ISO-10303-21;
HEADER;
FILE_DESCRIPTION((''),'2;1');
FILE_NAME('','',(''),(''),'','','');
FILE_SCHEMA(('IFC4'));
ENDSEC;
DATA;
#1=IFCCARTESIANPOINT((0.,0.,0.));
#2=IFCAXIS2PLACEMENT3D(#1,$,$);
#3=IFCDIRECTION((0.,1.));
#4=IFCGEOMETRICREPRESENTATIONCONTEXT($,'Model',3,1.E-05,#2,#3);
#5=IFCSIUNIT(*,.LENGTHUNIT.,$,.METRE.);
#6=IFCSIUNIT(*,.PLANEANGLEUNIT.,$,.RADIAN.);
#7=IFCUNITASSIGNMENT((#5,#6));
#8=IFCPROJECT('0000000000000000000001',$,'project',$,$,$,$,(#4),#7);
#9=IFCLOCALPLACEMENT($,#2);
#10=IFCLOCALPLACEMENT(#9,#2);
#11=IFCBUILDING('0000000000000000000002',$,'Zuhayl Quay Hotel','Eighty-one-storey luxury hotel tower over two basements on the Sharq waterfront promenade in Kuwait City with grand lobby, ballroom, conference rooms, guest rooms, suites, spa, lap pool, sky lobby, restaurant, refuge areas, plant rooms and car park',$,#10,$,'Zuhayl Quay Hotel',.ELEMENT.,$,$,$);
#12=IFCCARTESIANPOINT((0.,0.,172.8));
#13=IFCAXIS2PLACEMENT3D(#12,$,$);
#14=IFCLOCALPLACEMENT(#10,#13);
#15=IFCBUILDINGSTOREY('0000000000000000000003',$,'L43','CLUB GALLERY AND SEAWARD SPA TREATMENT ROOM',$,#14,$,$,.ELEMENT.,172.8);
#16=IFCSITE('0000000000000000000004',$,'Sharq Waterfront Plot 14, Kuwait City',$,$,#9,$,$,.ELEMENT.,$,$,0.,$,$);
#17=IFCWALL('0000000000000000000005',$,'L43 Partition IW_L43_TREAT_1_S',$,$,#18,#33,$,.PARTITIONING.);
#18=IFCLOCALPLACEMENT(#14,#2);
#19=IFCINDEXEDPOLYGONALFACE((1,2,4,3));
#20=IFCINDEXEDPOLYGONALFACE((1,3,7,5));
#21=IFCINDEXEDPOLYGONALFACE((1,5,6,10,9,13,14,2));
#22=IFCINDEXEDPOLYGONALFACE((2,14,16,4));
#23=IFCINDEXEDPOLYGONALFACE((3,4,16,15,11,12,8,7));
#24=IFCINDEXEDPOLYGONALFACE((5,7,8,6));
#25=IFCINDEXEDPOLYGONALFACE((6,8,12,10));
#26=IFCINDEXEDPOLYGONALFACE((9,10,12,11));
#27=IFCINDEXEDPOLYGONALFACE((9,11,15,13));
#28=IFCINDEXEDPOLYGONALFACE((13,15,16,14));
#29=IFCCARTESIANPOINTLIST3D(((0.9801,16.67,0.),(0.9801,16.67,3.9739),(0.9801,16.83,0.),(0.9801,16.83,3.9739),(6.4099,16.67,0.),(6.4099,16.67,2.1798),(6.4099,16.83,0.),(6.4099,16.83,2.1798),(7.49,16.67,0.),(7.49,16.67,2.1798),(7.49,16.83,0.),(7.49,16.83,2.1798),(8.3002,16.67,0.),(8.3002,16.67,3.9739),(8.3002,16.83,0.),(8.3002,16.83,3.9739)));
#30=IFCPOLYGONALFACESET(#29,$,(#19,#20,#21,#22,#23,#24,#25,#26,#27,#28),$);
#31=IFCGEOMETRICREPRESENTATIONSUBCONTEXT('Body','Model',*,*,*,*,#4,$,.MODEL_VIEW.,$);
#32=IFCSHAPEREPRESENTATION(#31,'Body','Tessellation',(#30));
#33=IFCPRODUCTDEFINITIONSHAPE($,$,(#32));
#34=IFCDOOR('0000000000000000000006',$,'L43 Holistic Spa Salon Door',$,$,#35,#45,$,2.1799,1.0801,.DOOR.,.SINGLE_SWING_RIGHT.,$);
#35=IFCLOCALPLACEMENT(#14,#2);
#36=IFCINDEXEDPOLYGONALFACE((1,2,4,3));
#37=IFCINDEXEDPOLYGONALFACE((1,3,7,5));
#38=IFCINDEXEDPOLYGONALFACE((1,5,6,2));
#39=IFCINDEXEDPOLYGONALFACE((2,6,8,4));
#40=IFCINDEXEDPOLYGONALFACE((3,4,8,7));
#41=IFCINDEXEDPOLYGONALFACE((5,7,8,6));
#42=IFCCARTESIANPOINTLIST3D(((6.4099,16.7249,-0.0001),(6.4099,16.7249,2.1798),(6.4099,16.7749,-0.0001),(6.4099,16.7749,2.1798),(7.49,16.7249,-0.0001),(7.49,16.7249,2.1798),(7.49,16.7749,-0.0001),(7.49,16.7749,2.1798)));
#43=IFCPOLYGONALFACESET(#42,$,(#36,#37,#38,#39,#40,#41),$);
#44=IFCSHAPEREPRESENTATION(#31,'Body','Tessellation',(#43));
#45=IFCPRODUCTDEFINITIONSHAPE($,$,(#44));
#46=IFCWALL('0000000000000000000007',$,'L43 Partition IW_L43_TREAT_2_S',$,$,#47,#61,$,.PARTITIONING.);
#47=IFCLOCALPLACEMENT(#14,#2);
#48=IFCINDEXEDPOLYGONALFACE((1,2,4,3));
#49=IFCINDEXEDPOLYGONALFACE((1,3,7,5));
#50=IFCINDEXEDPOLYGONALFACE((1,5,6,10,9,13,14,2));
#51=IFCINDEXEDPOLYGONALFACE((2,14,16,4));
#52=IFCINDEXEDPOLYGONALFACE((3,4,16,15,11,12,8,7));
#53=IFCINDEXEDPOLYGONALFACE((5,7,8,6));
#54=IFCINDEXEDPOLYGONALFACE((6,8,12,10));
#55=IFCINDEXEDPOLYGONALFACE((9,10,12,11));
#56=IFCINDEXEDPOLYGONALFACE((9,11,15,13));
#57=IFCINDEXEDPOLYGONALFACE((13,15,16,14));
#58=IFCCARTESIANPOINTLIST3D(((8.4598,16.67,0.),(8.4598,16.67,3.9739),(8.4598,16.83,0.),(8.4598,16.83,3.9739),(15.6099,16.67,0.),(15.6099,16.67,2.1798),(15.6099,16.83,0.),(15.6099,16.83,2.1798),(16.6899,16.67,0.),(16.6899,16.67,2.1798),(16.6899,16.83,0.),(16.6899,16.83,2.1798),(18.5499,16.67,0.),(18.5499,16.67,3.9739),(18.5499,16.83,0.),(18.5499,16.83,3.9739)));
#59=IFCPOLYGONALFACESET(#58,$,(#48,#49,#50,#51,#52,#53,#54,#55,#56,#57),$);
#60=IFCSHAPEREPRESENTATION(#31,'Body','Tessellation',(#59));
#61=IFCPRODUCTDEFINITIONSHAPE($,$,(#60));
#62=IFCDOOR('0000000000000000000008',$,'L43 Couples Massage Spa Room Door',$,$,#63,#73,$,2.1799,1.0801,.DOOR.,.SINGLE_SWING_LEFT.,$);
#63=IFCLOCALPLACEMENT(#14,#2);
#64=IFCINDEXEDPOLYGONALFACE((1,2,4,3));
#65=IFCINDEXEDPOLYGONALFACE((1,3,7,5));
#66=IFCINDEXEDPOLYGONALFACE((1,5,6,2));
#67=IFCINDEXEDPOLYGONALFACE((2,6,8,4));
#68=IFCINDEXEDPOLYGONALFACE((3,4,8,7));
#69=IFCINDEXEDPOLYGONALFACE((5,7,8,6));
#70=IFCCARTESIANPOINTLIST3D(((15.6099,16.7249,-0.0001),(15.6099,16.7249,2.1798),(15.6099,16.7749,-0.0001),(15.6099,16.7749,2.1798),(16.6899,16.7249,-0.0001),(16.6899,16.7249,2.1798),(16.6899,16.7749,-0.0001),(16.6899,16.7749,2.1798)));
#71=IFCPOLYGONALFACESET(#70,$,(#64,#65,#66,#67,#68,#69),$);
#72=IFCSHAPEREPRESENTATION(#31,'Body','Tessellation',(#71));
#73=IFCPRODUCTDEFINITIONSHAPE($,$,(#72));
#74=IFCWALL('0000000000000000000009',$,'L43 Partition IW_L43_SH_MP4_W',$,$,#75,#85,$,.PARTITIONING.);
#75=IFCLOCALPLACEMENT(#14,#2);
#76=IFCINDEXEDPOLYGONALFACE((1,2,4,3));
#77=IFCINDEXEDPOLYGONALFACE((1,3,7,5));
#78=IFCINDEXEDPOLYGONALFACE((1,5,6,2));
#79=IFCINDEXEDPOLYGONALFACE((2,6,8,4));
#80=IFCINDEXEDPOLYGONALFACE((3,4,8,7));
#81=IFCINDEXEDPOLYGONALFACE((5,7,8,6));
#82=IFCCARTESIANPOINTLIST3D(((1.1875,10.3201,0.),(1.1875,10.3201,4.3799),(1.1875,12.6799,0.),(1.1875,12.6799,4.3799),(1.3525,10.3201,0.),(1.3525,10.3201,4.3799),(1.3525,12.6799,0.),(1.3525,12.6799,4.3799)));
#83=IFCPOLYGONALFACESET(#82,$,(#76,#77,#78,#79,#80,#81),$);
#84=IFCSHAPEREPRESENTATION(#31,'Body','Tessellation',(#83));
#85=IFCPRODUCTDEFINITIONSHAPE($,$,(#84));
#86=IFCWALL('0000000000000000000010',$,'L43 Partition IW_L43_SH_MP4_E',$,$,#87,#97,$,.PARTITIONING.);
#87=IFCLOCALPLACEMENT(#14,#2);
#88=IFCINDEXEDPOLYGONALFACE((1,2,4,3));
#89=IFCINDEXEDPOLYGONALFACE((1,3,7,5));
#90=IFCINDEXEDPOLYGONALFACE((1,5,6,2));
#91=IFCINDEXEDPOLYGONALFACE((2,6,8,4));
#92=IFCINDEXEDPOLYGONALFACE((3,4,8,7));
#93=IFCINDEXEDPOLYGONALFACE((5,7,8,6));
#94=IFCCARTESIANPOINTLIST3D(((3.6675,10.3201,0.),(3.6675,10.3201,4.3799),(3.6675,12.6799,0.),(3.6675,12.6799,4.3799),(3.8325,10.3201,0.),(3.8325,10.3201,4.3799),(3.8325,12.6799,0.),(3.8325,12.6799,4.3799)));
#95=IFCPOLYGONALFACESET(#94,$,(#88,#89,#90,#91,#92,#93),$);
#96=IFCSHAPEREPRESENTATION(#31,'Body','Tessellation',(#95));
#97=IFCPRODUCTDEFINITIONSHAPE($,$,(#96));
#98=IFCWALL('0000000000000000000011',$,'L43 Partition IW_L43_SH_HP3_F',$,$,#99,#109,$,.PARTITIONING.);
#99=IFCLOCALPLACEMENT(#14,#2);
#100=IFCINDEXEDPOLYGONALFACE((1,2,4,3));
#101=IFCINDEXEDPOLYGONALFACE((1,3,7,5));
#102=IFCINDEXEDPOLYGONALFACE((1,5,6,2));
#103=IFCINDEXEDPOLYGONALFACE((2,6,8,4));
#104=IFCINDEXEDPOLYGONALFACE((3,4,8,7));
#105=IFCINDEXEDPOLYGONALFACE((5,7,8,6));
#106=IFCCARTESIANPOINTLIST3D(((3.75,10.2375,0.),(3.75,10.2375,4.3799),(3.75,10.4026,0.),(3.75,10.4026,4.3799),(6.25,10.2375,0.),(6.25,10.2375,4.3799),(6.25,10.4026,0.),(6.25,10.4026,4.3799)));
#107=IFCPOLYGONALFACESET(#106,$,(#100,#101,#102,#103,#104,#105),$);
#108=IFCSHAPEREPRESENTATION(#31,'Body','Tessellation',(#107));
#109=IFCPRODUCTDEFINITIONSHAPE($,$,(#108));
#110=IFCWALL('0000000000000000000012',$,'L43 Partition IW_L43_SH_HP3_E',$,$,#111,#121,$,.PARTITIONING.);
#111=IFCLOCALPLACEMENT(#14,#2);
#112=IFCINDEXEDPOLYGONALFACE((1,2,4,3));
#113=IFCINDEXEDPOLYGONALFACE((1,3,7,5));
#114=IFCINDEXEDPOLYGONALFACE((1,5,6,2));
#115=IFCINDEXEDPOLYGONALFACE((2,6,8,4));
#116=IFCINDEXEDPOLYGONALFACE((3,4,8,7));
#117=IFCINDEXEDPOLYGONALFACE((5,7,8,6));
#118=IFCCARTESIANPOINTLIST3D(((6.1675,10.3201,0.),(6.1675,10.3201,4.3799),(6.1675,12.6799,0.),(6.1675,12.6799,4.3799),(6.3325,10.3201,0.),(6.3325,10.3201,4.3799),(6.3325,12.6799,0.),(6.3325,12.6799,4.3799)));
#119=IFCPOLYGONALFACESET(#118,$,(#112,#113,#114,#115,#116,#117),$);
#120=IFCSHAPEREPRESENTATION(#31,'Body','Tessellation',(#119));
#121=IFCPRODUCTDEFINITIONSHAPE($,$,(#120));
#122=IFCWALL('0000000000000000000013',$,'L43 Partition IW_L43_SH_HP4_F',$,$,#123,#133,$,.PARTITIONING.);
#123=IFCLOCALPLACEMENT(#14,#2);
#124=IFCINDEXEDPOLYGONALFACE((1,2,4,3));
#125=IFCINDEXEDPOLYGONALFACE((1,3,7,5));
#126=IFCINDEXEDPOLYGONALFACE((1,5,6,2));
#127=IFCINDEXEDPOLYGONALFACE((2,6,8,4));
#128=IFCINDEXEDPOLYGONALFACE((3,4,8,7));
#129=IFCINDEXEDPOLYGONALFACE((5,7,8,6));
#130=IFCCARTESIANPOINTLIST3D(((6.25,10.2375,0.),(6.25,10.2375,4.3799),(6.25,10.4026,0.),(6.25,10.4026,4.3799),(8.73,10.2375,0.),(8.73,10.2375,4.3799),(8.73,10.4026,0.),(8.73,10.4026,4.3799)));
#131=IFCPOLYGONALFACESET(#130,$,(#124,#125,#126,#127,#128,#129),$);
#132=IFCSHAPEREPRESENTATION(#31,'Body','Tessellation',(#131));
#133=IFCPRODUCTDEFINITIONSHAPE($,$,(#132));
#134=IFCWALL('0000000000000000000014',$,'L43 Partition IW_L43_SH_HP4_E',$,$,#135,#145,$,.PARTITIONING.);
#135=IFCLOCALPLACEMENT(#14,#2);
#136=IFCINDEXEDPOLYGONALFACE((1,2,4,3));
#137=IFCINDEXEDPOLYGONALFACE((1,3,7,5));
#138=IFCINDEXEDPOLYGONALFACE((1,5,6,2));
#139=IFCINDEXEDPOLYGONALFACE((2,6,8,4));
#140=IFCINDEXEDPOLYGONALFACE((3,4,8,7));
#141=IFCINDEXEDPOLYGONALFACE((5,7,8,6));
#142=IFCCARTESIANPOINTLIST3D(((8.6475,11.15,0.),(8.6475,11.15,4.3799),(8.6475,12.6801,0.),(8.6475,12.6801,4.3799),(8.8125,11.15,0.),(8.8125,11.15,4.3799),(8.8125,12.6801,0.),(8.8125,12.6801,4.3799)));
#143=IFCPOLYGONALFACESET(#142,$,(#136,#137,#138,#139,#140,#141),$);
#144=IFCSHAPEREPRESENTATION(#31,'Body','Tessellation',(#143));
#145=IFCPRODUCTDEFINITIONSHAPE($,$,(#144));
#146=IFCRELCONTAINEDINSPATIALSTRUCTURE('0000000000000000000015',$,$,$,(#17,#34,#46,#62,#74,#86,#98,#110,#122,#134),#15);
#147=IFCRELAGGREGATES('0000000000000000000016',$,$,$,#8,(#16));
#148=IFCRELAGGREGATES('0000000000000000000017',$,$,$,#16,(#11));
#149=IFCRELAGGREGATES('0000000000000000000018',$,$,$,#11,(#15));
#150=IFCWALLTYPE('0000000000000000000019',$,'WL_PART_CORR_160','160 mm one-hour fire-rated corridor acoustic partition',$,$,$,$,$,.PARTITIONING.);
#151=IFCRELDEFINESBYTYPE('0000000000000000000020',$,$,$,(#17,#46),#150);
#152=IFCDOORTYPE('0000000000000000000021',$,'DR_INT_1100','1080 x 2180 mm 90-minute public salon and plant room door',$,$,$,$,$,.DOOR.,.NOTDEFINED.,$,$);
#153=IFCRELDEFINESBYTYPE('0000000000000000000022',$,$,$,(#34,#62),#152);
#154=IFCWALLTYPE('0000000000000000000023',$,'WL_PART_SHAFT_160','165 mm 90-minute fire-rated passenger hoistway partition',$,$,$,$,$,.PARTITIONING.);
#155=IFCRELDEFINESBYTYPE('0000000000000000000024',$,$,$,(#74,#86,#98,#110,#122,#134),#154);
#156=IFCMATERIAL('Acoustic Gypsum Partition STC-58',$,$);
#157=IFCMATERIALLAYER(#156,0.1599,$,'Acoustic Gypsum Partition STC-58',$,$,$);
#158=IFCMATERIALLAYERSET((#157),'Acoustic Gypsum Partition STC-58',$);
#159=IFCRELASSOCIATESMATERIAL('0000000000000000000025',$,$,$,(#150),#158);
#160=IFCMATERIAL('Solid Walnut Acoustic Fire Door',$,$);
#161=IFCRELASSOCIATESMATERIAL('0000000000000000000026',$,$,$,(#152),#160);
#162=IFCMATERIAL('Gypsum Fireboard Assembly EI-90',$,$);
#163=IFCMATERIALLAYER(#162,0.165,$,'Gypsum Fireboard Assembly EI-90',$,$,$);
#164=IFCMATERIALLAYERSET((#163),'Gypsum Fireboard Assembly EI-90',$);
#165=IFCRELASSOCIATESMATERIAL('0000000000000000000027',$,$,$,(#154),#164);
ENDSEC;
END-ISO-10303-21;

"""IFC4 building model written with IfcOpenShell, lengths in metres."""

from ifc_helpers import new_model, si_unit, direction, frame, frame_2d, origin, place, context, subcontext, project, spatial, rectangle, extrude, material, layer, layer_set, type_object, element, fill, save


model = new_model("IFC4")

# Units and contexts
model_context = context("Model", 3, precision=1e-05, world=origin(), true_north=direction((0.0, 1.0)))
body_context = subcontext(model_context, "Body", "Model", "MODEL_VIEW")
ifc_project = project(units=[si_unit("LENGTHUNIT", "METRE"), si_unit("PLANEANGLEUNIT", "RADIAN")], contexts=[model_context])

# Site, building, storey
site_placement = place(None, origin())
site = spatial("IfcSite", under=ifc_project, at=site_placement, Name="Sharq Waterfront Plot 14, Kuwait City", CompositionType="ELEMENT", RefElevation=0.0)
building_placement = place(site_placement, origin())
building = spatial("IfcBuilding", under=site, at=building_placement, Name="Zuhayl Quay Hotel", Description="Eighty-one-storey luxury hotel tower over two basements on the Sharq waterfront promenade in Kuwait City with grand lobby, ballroom, conference rooms, guest rooms, suites, spa, lap pool, sky lobby, restaurant, refuge areas, plant rooms and car park", LongName="Zuhayl Quay Hotel", CompositionType="ELEMENT")
storey_placement = place(building_placement, frame((0.0, 0.0, 172.8)))
storey = spatial("IfcBuildingStorey", under=building, at=storey_placement, Name="L43", Description="CLUB GALLERY AND SEAWARD SPA TREATMENT ROOM", CompositionType="ELEMENT", Elevation=172.8)

# Shared definitions
ifc_material_1 = material(Name="Acoustic Gypsum Partition STC-58")

# Walls, openings, doors
ifc_layer_1 = layer(ifc_material_1, 0.1599, Name="Acoustic Gypsum Partition STC-58")
ifc_layer_set_1 = layer_set([ifc_layer_1], Name="Acoustic Gypsum Partition STC-58")
wall_type_1 = type_object("IfcWallType", Name="WL_PART_CORR_160", Description="160 mm one-hour fire-rated corridor acoustic partition", PredefinedType="PARTITIONING", material=ifc_layer_set_1)
wall_1_placement = place(storey_placement, frame((0.98, 16.75, 0.0), z_axis=(0.0, 0.0, 1.0), x_axis=(1.0, 0.0, 0.0)))
wall_1 = element("IfcWall", 1, at=wall_1_placement, inside=storey, type_object=wall_type_1, Name="L43 Partition IW_L43_TREAT_1_S", PredefinedType="PARTITIONING", context=body_context, shape_type="SweptSolid", body=[
    extrude(rectangle(XDim=7.3201, YDim=0.1599, at=frame_2d((3.6602, 0.0))), origin(), (0.0, 0.0, 1.0), 3.9739),
])
opening_1_placement = place(wall_1_placement, frame((5.4299, 0.0, 0.0)))
opening_1 = element("IfcOpeningElement", 2, at=opening_1_placement, cuts=wall_1, PredefinedType="OPENING", context=body_context, shape_type="SweptSolid", body=[
    extrude(rectangle(XDim=1.0801, YDim=2.1799, at=frame_2d((0.54, 1.0898))), frame((0.0, 0.0898, 0.0), z_axis=(0.0, -1.0, 0.0), x_axis=(1.0, 0.0, 0.0)), (0.0, 0.0, 1.0), 0.1799),
])
ifc_material_2 = material(Name="Solid Walnut Acoustic Fire Door")
door_type_1 = type_object("IfcDoorType", Name="DR_INT_1100", Description="1080 x 2180 mm 90-minute public salon and plant room door", OperationType="NOTDEFINED", PredefinedType="DOOR", material=ifc_material_2)
door_1_placement = place(opening_1_placement, origin())
door_1 = element("IfcDoor", 3, at=door_1_placement, inside=storey, type_object=door_type_1, Name="L43 Holistic Spa Salon Door", OperationType="SINGLE_SWING_RIGHT", OverallHeight=2.1799, OverallWidth=1.0801, PredefinedType="DOOR", context=body_context, shape_type="SweptSolid", body=[
    extrude(rectangle(XDim=1.0801, YDim=2.1799, at=frame_2d((0.54, 1.0898))), frame((0.0, 0.0249, 0.0), z_axis=(0.0, -1.0, 0.0), x_axis=(1.0, 0.0, 0.0)), (0.0, 0.0, 1.0), 0.05),
])
fill(opening_1, door_1)
wall_2_placement = place(storey_placement, frame((8.46, 16.75, 0.0), z_axis=(0.0, 0.0, 1.0), x_axis=(1.0, 0.0, 0.0)))
wall_2 = element("IfcWall", 4, at=wall_2_placement, inside=storey, type_object=wall_type_1, Name="L43 Partition IW_L43_TREAT_2_S", PredefinedType="PARTITIONING", context=body_context, shape_type="SweptSolid", body=[
    extrude(rectangle(XDim=10.0901, YDim=0.1599, at=frame_2d((5.0449, 0.0))), origin(), (0.0, 0.0, 1.0), 3.9739),
])
opening_2_placement = place(wall_2_placement, frame((7.1499, 0.0, 0.0)))
opening_2 = element("IfcOpeningElement", 5, at=opening_2_placement, cuts=wall_2, PredefinedType="OPENING", context=body_context, shape_type="SweptSolid", body=[
    extrude(rectangle(XDim=1.0801, YDim=2.1799, at=frame_2d((0.54, 1.0898))), frame((0.0, 0.0898, 0.0), z_axis=(0.0, -1.0, 0.0), x_axis=(1.0, 0.0, 0.0)), (0.0, 0.0, 1.0), 0.1799),
])
door_2_placement = place(opening_2_placement, origin())
door_2 = element("IfcDoor", 6, at=door_2_placement, inside=storey, type_object=door_type_1, Name="L43 Couples Massage Spa Room Door", OperationType="SINGLE_SWING_LEFT", OverallHeight=2.1799, OverallWidth=1.0801, PredefinedType="DOOR", context=body_context, shape_type="SweptSolid", body=[
    extrude(rectangle(XDim=1.0801, YDim=2.1799, at=frame_2d((0.54, 1.0898))), frame((0.0, 0.0249, 0.0), z_axis=(0.0, -1.0, 0.0), x_axis=(1.0, 0.0, 0.0)), (0.0, 0.0, 1.0), 0.05),
])
fill(opening_2, door_2)

# Walls
ifc_material_3 = material(Name="Gypsum Fireboard Assembly EI-90")
ifc_layer_2 = layer(ifc_material_3, 0.165, Name="Gypsum Fireboard Assembly EI-90")
ifc_layer_set_2 = layer_set([ifc_layer_2], Name="Gypsum Fireboard Assembly EI-90")
wall_type_2 = type_object("IfcWallType", Name="WL_PART_SHAFT_160", Description="165 mm 90-minute fire-rated passenger hoistway partition", PredefinedType="PARTITIONING", material=ifc_layer_set_2)
for number, where, z_axis, x_axis, name in (
    (7, (1.27, 10.3201, 0.0), (0.0, 0.0, 1.0), (0.0, 1.0, 0.0), "L43 Partition IW_L43_SH_MP4_W"),
    (8, (3.75, 10.3201, 0.0), (0.0, 0.0, 1.0), (0.0, 1.0, 0.0), "L43 Partition IW_L43_SH_MP4_E"),
):
    element("IfcWall", number, at=place(storey_placement, frame(where, z_axis=z_axis, x_axis=x_axis)), inside=storey, type_object=wall_type_2, Name=name, PredefinedType="PARTITIONING", context=body_context, shape_type="SweptSolid", body=[
        extrude(rectangle(XDim=2.3599, YDim=0.165, at=frame_2d((1.1799, 0.0))), origin(), (0.0, 0.0, 1.0), 4.3799),
    ])
wall_3_placement = place(storey_placement, frame((3.75, 10.3201, 0.0), z_axis=(0.0, 0.0, 1.0), x_axis=(1.0, 0.0, 0.0)))
element("IfcWall", 9, at=wall_3_placement, inside=storey, type_object=wall_type_2, Name="L43 Partition IW_L43_SH_HP3_F", PredefinedType="PARTITIONING", context=body_context, shape_type="SweptSolid", body=[
    extrude(rectangle(XDim=2.5, YDim=0.165, at=frame_2d((1.25, 0.0))), origin(), (0.0, 0.0, 1.0), 4.3799),
])
wall_4_placement = place(storey_placement, frame((6.25, 10.3201, 0.0), z_axis=(0.0, 0.0, 1.0), x_axis=(0.0, 1.0, 0.0)))
element("IfcWall", 10, at=wall_4_placement, inside=storey, type_object=wall_type_2, Name="L43 Partition IW_L43_SH_HP3_E", PredefinedType="PARTITIONING", context=body_context, shape_type="SweptSolid", body=[
    extrude(rectangle(XDim=2.3599, YDim=0.165, at=frame_2d((1.1799, 0.0))), origin(), (0.0, 0.0, 1.0), 4.3799),
])
wall_5_placement = place(storey_placement, frame((6.25, 10.3201, 0.0), z_axis=(0.0, 0.0, 1.0), x_axis=(1.0, 0.0, 0.0)))
element("IfcWall", 11, at=wall_5_placement, inside=storey, type_object=wall_type_2, Name="L43 Partition IW_L43_SH_HP4_F", PredefinedType="PARTITIONING", context=body_context, shape_type="SweptSolid", body=[
    extrude(rectangle(XDim=2.48, YDim=0.165, at=frame_2d((1.24, 0.0))), origin(), (0.0, 0.0, 1.0), 4.3799),
])
wall_6_placement = place(storey_placement, frame((8.73, 11.1499, 0.0), z_axis=(0.0, 0.0, 1.0), x_axis=(0.0, 1.0, 0.0)))
element("IfcWall", 12, at=wall_6_placement, inside=storey, type_object=wall_type_2, Name="L43 Partition IW_L43_SH_HP4_E", PredefinedType="PARTITIONING", context=body_context, shape_type="SweptSolid", body=[
    extrude(rectangle(XDim=1.53, YDim=0.165, at=frame_2d((0.7651, 0.0))), origin(), (0.0, 0.0, 1.0), 4.3799),
])

save(model, "model.ifc")
